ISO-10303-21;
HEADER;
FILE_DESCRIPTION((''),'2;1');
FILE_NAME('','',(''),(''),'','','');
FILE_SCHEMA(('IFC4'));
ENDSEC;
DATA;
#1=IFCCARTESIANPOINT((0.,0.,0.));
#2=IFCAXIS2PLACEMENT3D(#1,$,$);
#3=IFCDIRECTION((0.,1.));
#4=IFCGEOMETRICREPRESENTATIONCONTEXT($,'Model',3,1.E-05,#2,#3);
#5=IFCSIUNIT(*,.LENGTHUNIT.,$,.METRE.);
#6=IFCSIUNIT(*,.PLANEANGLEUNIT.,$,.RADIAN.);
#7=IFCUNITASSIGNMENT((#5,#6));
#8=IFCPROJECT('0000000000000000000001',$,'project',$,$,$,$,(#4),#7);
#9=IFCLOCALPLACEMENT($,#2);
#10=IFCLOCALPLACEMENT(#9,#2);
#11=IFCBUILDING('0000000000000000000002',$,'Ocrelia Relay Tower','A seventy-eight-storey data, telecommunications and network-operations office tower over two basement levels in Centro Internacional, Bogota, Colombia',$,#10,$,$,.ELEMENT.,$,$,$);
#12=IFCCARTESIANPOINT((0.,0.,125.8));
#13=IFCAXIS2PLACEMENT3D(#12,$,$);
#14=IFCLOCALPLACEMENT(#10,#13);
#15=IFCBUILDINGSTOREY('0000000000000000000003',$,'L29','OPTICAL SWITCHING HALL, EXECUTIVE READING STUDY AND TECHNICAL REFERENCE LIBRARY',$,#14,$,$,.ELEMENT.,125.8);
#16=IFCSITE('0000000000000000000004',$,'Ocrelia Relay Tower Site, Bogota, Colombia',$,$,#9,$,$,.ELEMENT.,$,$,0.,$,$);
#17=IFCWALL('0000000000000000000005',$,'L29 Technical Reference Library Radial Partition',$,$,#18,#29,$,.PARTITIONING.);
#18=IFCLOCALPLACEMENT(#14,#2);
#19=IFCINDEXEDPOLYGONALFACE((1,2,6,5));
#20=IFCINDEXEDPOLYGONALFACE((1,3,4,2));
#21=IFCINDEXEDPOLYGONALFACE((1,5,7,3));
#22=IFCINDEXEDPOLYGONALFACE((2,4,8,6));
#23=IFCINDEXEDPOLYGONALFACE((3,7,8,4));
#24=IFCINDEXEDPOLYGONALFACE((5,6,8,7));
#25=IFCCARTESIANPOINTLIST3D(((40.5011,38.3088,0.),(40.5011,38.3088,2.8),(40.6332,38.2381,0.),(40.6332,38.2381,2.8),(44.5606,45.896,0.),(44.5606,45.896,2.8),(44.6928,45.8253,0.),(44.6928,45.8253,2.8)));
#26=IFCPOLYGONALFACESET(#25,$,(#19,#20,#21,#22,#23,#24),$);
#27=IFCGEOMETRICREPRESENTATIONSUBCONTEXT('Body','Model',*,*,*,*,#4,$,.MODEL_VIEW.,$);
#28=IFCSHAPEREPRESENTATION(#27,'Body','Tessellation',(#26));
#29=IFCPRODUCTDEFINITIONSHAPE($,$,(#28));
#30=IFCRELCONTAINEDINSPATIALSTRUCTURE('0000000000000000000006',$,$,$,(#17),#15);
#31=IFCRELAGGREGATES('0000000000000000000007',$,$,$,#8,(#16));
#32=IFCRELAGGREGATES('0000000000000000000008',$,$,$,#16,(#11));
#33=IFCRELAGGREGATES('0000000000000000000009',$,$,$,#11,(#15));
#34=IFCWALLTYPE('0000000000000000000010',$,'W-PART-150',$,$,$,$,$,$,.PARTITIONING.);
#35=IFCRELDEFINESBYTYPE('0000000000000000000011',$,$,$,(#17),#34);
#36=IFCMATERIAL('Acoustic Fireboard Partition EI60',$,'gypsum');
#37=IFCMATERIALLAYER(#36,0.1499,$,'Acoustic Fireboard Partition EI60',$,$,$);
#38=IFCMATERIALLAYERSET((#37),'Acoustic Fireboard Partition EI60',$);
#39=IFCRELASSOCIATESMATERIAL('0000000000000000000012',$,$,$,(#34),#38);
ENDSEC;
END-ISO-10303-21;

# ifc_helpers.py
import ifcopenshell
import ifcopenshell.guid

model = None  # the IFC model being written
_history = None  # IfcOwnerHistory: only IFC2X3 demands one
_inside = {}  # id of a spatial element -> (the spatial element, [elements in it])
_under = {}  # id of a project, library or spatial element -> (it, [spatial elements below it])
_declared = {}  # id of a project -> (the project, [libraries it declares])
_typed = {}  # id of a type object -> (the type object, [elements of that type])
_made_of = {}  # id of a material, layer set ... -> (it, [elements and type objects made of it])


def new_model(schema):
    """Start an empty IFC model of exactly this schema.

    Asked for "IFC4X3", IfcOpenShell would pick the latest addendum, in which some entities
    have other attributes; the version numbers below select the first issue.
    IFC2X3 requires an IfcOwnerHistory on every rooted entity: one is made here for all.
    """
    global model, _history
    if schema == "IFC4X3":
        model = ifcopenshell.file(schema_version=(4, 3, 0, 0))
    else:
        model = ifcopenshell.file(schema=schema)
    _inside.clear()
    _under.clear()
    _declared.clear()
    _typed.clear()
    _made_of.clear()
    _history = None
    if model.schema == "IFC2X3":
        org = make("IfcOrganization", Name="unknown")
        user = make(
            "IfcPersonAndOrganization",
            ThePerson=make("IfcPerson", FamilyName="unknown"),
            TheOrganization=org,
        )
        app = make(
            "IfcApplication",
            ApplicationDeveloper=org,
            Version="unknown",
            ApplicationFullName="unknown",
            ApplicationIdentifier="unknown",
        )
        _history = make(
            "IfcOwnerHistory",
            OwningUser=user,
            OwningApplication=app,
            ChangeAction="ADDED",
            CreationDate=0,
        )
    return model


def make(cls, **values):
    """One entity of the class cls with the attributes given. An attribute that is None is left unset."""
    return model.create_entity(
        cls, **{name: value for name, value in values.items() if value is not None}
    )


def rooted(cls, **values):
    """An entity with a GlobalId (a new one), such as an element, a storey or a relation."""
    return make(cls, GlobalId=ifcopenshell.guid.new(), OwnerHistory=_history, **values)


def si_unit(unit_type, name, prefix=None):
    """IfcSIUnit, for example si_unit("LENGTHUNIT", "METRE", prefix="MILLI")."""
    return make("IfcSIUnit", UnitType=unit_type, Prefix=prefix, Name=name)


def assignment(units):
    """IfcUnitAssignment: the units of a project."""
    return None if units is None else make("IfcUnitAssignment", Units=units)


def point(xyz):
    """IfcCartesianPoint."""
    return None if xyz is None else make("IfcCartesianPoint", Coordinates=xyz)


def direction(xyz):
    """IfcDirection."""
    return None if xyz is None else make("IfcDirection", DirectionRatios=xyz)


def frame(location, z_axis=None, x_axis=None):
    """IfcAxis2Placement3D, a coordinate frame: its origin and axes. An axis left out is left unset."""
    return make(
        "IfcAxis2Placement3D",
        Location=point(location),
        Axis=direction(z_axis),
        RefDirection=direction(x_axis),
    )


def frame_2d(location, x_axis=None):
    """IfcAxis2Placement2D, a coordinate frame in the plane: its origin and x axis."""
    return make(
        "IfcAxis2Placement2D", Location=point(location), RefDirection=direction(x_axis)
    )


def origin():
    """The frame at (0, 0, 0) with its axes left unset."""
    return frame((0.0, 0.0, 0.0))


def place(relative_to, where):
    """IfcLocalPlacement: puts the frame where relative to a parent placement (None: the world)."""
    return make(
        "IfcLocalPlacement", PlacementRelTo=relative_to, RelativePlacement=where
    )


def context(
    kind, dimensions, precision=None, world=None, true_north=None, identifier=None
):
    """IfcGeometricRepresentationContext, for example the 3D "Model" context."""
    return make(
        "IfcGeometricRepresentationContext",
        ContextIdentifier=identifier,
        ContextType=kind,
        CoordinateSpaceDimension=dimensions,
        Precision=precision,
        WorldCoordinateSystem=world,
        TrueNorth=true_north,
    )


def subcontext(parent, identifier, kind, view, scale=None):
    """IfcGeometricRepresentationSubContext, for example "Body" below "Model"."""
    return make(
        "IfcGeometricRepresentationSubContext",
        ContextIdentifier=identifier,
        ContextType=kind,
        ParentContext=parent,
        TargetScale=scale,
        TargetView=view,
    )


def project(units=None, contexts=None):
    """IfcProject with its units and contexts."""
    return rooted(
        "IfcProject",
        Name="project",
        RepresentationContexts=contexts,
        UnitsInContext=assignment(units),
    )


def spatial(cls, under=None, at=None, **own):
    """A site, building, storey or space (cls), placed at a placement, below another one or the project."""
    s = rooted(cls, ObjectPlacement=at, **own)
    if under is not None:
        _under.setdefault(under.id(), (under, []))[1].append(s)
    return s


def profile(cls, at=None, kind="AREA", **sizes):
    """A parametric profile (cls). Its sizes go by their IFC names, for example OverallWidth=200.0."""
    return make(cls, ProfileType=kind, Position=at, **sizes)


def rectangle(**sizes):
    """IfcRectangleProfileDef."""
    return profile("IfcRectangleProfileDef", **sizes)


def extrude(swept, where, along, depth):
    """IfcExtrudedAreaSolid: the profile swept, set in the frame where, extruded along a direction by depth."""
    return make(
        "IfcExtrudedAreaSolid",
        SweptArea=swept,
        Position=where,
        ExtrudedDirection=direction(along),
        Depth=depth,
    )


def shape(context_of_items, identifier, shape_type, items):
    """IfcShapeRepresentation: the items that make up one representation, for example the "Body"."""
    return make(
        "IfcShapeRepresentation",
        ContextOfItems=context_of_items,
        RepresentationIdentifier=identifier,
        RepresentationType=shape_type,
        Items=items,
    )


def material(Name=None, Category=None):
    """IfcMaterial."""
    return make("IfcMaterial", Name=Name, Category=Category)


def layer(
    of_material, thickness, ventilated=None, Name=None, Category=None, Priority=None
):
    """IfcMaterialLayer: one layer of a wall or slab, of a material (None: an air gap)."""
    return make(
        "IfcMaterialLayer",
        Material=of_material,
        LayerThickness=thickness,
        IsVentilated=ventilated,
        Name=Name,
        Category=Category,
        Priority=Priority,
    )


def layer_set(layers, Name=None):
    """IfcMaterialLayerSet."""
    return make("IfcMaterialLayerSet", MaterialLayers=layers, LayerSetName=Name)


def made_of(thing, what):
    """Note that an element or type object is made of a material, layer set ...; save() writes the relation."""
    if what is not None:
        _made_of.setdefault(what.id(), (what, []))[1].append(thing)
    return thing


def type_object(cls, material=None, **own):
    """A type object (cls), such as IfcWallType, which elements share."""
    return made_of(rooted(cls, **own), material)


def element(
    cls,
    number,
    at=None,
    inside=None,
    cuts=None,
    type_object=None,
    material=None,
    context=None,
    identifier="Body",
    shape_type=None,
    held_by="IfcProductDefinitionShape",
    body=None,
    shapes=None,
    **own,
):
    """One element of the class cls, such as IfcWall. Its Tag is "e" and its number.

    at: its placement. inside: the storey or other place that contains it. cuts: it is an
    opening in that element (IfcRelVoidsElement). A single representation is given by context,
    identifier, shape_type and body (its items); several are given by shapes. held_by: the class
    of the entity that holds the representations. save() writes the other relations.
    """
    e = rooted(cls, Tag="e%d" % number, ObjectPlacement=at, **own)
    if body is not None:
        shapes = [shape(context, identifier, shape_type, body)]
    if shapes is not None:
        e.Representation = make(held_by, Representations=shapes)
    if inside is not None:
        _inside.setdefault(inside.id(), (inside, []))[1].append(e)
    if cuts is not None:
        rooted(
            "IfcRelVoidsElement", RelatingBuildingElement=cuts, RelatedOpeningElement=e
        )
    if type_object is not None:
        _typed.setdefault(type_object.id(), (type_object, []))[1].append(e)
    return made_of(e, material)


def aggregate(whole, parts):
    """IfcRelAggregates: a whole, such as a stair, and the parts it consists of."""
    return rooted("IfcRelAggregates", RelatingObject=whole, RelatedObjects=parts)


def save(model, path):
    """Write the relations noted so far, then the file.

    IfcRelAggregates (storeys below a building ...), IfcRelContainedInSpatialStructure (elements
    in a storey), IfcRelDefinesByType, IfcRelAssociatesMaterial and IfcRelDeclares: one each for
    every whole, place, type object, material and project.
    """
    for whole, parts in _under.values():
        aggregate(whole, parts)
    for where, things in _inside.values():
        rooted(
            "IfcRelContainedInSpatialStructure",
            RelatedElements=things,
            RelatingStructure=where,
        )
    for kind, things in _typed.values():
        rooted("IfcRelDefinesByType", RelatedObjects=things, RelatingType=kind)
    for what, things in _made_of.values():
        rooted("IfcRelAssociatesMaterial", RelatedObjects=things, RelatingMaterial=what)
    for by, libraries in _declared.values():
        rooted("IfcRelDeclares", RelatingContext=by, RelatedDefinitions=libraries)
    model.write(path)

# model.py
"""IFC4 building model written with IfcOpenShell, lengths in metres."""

from ifc_helpers import new_model, si_unit, direction, frame, frame_2d, origin, place, context, subcontext, project, spatial, rectangle, extrude, material, layer, layer_set, type_object, element, save


model = new_model("IFC4")

# Units and contexts
model_context = context("Model", 3, precision=1e-05, world=origin(), true_north=direction((0.0, 1.0)))
body_context = subcontext(model_context, "Body", "Model", "MODEL_VIEW")
ifc_project = project(units=[si_unit("LENGTHUNIT", "METRE"), si_unit("PLANEANGLEUNIT", "RADIAN")], contexts=[model_context])

# Site, building, storey
site_placement = place(None, origin())
site = spatial("IfcSite", under=ifc_project, at=site_placement, Name="Ocrelia Relay Tower Site, Bogota, Colombia", CompositionType="ELEMENT", RefElevation=0.0)
building_placement = place(site_placement, origin())
building = spatial("IfcBuilding", under=site, at=building_placement, Name="Ocrelia Relay Tower", Description="A seventy-eight-storey data, telecommunications and network-operations office tower over two basement levels in Centro Internacional, Bogota, Colombia", CompositionType="ELEMENT")
storey_placement = place(building_placement, frame((0.0, 0.0, 125.8)))
storey = spatial("IfcBuildingStorey", under=building, at=storey_placement, Name="L29", Description="OPTICAL SWITCHING HALL, EXECUTIVE READING STUDY AND TECHNICAL REFERENCE LIBRARY", CompositionType="ELEMENT", Elevation=125.8)

# Wall
ifc_material_1 = material(Name="Acoustic Fireboard Partition EI60", Category="gypsum")
ifc_layer_1 = layer(ifc_material_1, 0.1499, Name="Acoustic Fireboard Partition EI60")
ifc_layer_set_1 = layer_set([ifc_layer_1], Name="Acoustic Fireboard Partition EI60")
wall_type_1 = type_object("IfcWallType", Name="W-PART-150", PredefinedType="PARTITIONING", material=ifc_layer_set_1)
wall_1_placement = place(storey_placement, frame((40.5671, 38.2734, 0.0), z_axis=(0.0, 0.0, 1.0), x_axis=(0.471772, 0.881721, 0.0)))
element("IfcWall", 1, at=wall_1_placement, inside=storey, type_object=wall_type_1, Name="L29 Technical Reference Library Radial Partition", PredefinedType="PARTITIONING", context=body_context, shape_type="SweptSolid", body=[
    extrude(rectangle(XDim=8.605, YDim=0.1499, at=frame_2d((4.3025, 0.0))), origin(), (0.0, 0.0, 1.0), 2.8),
])

save(model, "model.ifc")
